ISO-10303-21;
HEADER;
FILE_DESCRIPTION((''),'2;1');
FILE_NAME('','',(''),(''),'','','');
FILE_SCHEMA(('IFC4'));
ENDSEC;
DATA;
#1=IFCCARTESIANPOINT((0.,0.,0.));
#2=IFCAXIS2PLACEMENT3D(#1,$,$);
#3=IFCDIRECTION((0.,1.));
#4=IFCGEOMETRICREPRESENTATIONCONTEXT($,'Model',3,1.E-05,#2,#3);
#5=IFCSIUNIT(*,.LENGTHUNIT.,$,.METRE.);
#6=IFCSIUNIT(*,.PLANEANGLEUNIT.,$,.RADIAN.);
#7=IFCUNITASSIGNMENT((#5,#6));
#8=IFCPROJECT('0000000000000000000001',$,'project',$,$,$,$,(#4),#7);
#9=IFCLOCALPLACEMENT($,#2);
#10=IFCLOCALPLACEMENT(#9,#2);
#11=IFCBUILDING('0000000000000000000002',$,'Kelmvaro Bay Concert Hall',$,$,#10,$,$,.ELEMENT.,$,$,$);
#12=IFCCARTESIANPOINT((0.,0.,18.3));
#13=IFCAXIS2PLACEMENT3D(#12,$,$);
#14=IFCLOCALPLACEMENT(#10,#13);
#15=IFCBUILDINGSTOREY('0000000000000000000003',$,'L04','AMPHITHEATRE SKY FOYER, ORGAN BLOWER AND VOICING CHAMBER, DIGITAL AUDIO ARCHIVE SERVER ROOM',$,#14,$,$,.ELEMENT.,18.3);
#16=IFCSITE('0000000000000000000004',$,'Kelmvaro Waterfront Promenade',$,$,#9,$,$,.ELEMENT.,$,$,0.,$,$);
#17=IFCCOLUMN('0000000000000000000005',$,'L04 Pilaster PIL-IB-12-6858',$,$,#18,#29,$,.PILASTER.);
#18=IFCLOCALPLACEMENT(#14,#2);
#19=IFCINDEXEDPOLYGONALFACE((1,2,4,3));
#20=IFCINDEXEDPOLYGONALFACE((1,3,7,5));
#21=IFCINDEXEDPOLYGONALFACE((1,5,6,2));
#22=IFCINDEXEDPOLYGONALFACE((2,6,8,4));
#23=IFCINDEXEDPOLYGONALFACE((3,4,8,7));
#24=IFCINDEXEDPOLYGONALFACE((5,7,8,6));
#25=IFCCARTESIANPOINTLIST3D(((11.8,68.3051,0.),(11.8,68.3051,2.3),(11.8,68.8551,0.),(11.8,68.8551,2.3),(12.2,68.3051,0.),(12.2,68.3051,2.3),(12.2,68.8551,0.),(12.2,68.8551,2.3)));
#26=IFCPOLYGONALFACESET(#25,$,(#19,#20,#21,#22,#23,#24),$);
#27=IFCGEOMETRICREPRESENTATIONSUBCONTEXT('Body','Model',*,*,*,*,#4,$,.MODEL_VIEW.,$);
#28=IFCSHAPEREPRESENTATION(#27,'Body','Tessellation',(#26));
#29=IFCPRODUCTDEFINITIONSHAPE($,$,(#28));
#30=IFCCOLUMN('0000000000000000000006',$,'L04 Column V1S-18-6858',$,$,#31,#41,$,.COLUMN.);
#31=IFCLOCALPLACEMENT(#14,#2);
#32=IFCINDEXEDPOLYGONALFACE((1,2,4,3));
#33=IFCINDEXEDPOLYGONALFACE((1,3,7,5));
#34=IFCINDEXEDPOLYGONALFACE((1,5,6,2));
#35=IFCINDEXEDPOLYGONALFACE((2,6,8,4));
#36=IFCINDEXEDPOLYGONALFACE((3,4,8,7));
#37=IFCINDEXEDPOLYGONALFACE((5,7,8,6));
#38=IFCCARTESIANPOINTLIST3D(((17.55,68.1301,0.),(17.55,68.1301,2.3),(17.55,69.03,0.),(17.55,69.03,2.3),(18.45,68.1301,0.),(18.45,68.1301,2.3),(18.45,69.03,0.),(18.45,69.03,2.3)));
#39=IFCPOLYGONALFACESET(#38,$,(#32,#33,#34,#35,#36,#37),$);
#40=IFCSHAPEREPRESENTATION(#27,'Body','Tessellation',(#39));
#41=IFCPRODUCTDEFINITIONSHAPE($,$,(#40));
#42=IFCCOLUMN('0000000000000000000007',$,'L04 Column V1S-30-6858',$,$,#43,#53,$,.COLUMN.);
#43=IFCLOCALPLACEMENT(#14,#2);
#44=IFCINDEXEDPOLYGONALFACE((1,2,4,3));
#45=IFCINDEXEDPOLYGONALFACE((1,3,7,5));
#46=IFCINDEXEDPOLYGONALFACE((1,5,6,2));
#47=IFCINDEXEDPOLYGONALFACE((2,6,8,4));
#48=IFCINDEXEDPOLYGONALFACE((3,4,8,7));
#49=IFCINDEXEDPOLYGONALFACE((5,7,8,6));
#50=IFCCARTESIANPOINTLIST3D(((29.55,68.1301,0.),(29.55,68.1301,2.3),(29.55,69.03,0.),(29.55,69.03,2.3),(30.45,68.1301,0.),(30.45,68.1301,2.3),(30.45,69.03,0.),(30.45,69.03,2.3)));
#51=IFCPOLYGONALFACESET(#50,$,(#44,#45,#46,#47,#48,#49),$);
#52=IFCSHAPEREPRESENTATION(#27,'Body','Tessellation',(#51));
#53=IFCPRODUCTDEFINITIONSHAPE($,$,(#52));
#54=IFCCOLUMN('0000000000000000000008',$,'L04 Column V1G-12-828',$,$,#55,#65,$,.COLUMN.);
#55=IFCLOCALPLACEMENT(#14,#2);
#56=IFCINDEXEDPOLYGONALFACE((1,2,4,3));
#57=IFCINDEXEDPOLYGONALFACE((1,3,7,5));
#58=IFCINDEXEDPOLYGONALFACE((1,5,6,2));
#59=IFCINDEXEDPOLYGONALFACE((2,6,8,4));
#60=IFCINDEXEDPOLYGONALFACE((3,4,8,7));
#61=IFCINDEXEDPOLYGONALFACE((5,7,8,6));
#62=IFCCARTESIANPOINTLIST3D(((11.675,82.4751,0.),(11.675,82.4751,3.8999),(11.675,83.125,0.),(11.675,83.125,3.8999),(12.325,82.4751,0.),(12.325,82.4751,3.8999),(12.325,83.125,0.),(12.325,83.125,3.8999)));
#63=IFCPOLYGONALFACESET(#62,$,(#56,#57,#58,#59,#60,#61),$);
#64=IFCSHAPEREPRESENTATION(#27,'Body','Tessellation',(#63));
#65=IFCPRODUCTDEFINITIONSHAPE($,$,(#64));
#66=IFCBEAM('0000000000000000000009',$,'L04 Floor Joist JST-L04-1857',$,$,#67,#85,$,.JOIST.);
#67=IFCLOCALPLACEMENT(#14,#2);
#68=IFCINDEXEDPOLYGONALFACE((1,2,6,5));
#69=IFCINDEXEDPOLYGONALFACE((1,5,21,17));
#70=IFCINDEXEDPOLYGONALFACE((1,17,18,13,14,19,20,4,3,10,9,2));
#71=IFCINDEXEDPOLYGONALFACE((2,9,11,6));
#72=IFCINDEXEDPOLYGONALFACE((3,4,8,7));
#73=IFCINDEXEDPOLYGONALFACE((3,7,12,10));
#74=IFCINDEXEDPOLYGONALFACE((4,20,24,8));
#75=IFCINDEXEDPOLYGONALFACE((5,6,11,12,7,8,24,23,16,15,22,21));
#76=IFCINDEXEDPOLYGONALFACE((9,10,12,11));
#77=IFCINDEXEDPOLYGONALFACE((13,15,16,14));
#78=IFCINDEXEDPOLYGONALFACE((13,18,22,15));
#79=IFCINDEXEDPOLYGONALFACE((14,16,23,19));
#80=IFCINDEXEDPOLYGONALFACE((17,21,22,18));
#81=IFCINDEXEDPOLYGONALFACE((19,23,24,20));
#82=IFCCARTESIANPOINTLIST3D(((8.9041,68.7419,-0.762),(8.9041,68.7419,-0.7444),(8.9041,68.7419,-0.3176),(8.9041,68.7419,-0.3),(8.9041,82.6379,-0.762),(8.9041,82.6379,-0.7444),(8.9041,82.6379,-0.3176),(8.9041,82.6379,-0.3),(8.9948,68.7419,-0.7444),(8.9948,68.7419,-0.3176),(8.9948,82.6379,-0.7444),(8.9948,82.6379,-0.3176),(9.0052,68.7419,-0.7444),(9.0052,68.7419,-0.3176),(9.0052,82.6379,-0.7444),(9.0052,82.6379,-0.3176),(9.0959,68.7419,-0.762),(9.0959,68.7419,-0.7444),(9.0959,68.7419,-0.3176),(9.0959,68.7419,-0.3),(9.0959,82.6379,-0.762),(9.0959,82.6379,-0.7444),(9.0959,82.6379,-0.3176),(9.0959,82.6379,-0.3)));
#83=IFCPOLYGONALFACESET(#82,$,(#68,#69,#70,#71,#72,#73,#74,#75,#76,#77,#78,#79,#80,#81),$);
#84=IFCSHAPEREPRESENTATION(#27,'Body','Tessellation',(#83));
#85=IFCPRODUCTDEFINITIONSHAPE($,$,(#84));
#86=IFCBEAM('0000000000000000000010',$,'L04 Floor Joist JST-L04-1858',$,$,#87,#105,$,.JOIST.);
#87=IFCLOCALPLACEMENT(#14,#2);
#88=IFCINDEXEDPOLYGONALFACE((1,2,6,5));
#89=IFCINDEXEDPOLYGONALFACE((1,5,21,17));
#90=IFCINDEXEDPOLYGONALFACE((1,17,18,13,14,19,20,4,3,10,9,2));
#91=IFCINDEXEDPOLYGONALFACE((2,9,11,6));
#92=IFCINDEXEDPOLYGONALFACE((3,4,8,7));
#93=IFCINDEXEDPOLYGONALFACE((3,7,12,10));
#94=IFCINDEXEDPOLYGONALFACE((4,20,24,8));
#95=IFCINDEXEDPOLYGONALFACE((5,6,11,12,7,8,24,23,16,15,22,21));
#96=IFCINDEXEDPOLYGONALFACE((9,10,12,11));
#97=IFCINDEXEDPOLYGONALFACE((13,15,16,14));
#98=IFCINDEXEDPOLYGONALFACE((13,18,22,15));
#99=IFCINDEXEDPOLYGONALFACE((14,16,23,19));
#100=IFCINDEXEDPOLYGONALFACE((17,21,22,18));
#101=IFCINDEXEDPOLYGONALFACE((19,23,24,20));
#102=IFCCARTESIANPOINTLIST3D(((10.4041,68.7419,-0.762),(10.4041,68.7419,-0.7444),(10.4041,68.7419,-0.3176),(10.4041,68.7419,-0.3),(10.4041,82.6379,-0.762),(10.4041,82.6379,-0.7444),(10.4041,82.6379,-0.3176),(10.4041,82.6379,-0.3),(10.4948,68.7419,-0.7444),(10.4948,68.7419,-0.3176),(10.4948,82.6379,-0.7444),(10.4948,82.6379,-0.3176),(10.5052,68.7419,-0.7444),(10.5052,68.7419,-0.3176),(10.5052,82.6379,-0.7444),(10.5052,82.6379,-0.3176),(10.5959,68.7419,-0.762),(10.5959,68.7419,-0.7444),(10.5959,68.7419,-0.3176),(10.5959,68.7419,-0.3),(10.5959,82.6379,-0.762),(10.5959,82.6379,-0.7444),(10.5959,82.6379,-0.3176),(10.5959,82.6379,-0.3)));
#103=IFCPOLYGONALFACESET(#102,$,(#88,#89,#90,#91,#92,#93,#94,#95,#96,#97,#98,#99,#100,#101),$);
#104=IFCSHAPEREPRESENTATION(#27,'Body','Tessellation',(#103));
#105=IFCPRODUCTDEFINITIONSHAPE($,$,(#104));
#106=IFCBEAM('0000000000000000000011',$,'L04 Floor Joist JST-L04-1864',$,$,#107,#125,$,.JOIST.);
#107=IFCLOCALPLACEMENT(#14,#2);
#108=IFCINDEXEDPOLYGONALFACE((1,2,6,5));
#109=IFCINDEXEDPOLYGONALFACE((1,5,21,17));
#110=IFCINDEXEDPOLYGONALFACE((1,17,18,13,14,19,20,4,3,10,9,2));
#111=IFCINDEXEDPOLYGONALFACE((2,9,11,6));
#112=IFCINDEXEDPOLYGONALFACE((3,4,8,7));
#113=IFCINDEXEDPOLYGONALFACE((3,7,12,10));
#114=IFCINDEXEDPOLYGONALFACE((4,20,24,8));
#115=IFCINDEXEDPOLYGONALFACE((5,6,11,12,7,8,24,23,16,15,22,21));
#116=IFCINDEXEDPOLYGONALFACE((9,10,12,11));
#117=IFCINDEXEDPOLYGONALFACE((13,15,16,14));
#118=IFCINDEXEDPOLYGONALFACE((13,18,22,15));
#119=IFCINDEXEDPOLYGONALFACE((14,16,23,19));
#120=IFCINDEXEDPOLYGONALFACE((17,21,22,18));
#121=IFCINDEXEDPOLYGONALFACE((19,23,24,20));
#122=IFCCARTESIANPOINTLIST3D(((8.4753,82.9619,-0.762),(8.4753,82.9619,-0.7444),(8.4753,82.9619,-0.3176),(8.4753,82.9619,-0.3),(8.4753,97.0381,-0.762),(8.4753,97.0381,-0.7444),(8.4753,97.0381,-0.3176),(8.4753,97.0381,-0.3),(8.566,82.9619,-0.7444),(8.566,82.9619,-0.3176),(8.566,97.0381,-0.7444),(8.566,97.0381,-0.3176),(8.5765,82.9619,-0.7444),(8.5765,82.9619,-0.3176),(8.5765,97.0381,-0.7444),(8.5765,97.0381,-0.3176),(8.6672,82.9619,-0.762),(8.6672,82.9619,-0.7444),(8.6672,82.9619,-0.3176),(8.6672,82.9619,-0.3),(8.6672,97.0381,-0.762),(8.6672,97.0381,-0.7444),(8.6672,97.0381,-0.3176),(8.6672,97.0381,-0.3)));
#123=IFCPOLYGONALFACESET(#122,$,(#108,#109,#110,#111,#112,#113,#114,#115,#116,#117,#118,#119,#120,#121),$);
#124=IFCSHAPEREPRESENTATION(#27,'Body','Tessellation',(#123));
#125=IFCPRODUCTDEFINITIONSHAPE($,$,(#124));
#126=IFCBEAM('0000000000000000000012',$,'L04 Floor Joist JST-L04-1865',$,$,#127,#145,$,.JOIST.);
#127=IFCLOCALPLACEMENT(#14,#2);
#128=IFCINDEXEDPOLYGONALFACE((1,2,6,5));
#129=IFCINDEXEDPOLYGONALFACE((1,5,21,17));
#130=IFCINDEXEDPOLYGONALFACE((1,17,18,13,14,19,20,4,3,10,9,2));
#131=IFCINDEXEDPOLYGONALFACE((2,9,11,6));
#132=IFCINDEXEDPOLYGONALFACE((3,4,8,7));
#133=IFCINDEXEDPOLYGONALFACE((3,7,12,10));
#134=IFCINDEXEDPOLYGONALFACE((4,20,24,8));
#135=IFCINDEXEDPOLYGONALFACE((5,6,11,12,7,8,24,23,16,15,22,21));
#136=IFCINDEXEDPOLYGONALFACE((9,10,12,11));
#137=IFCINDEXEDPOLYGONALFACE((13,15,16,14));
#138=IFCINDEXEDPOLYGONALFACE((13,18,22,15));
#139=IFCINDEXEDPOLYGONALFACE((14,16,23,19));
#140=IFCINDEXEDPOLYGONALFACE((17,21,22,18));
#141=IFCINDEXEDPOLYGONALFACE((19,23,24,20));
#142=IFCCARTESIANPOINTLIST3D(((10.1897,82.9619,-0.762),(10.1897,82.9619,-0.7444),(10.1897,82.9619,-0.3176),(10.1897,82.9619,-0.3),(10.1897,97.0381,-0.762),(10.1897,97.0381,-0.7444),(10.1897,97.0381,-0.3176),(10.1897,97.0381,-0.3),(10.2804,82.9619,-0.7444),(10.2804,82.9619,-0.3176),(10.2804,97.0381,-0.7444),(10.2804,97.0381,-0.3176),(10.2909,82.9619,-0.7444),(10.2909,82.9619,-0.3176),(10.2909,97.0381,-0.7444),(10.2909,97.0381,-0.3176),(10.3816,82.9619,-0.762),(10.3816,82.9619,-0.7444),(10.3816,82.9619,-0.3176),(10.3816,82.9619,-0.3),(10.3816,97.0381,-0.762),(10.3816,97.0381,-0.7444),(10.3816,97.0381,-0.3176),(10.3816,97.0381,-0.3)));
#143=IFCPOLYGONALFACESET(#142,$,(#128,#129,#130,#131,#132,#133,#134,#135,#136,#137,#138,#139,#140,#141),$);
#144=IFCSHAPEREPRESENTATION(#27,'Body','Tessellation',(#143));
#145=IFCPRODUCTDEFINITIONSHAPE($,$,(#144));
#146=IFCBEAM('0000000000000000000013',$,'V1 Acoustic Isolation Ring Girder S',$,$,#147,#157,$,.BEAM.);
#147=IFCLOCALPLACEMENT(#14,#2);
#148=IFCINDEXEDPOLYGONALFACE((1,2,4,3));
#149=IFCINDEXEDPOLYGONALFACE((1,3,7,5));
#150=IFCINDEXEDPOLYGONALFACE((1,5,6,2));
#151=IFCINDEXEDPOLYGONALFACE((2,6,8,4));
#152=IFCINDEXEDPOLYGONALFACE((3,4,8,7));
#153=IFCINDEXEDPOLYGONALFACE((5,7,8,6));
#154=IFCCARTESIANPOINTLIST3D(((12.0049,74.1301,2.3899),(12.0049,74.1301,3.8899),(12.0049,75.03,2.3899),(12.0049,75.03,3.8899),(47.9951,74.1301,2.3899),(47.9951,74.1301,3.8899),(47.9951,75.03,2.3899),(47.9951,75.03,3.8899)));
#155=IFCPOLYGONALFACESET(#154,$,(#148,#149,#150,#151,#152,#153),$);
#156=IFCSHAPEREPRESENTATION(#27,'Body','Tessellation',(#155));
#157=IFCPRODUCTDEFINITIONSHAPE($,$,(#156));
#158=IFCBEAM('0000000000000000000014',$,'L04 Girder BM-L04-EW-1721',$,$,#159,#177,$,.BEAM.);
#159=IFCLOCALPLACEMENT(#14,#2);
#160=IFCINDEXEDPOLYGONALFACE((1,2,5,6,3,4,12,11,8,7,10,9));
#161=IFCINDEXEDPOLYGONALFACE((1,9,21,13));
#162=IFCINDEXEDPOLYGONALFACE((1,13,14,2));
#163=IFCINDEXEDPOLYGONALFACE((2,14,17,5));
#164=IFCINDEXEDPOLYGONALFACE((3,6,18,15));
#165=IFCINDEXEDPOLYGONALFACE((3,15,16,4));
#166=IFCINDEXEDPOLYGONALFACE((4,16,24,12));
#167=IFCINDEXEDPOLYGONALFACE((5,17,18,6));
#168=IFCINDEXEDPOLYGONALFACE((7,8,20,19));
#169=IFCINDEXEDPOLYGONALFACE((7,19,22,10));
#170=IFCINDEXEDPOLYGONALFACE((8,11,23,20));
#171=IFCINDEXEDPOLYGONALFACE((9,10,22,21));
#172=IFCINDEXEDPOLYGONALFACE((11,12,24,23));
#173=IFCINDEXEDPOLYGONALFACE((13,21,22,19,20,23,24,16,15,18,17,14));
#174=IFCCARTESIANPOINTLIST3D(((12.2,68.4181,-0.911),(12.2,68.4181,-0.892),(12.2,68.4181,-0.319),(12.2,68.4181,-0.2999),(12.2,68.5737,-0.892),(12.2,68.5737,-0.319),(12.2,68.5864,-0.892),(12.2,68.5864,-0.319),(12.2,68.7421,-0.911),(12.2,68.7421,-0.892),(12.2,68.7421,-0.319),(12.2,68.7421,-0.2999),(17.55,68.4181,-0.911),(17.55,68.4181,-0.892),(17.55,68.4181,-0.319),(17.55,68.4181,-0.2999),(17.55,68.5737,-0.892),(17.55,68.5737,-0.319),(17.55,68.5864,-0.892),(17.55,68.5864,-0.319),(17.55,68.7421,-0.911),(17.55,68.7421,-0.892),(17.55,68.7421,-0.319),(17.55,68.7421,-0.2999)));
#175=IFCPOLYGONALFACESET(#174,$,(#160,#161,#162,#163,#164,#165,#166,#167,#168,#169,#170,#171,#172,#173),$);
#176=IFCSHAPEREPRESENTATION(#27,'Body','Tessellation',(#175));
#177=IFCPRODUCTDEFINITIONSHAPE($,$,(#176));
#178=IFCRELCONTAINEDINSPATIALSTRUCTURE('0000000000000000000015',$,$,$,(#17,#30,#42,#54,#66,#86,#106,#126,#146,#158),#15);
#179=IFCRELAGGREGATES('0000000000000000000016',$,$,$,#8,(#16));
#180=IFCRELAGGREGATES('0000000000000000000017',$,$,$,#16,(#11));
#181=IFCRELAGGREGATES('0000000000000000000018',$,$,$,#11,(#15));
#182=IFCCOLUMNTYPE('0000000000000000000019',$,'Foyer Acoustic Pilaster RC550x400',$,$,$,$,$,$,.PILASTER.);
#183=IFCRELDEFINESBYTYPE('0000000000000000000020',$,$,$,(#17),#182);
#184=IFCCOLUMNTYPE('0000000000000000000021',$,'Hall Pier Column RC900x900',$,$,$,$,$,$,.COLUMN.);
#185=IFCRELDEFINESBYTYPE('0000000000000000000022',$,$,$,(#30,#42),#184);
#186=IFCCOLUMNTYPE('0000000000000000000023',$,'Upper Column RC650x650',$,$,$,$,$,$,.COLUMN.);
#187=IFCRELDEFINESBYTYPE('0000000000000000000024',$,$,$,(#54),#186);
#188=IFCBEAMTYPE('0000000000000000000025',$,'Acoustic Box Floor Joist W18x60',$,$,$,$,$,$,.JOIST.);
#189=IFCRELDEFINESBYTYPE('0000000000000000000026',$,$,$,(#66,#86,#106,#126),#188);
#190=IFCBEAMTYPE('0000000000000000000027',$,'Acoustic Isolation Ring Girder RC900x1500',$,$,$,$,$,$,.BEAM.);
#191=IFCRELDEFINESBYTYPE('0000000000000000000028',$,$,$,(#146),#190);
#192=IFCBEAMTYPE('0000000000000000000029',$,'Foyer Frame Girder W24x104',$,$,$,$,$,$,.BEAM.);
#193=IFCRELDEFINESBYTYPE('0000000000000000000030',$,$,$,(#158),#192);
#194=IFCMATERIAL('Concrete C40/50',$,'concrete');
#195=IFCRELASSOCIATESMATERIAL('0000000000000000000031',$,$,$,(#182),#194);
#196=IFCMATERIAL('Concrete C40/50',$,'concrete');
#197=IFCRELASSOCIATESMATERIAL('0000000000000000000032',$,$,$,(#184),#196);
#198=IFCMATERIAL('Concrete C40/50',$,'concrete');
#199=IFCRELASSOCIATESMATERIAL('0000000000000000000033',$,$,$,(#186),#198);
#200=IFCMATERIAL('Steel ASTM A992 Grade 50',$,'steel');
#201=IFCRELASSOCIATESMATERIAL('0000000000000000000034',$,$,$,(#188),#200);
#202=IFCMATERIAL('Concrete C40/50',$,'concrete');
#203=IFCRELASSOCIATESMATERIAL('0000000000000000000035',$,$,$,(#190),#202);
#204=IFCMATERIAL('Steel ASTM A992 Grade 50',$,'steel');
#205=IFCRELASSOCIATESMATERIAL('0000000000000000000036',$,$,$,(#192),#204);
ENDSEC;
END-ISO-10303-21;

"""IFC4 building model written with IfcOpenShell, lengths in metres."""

from ifc_helpers import new_model, si_unit, direction, frame, origin, origin_2d, place, context, subcontext, project, spatial, rectangle, i_section, extrude, material, material_profile, profile_set, type_object, element, save


model = new_model("IFC4")

# Units and contexts
model_context = context("Model", 3, precision=1e-05, world=origin(), true_north=direction((0.0, 1.0)))
body_context = subcontext(model_context, "Body", "Model", "MODEL_VIEW")
ifc_project = project(units=[si_unit("LENGTHUNIT", "METRE"), si_unit("PLANEANGLEUNIT", "RADIAN")], contexts=[model_context])

# Site, building, storey
site_placement = place(None, origin())
site = spatial("IfcSite", under=ifc_project, at=site_placement, Name="Kelmvaro Waterfront Promenade", CompositionType="ELEMENT", RefElevation=0.0)
building_placement = place(site_placement, origin())
building = spatial("IfcBuilding", under=site, at=building_placement, Name="Kelmvaro Bay Concert Hall", CompositionType="ELEMENT")
storey_placement = place(building_placement, frame((0.0, 0.0, 18.3)))
storey = spatial("IfcBuildingStorey", under=building, at=storey_placement, Name="L04", Description="AMPHITHEATRE SKY FOYER, ORGAN BLOWER AND VOICING CHAMBER, DIGITAL AUDIO ARCHIVE SERVER ROOM", CompositionType="ELEMENT", Elevation=18.3)

# Columns
ifc_material_1 = material(Name="Concrete C40/50", Category="concrete")
ifc_material_profile_1 = material_profile(ifc_material_1, rectangle(XDim=0.3999, YDim=0.55, at=origin_2d()), Name="RC-PIL-550X400")
ifc_profile_set_1 = profile_set([ifc_material_profile_1], Name="Concrete C40/50")
column_type_1 = type_object("IfcColumnType", Name="Foyer Acoustic Pilaster RC550x400", PredefinedType="PILASTER", material=ifc_profile_set_1)
column_1_placement = place(storey_placement, frame((12.0, 68.5801, 0.0), z_axis=(0.0, 0.0, 1.0), x_axis=(1.0, 0.0, 0.0)))
element("IfcColumn", 1, at=column_1_placement, inside=storey, type_object=column_type_1, Name="L04 Pilaster PIL-IB-12-6858", PredefinedType="PILASTER", context=body_context, shape_type="SweptSolid", body=[
    extrude(rectangle(XDim=0.3999, YDim=0.55, at=origin_2d()), origin(), (0.0, 0.0, 1.0), 2.3),
])
ifc_material_2 = material(Name="Concrete C40/50", Category="concrete")
ifc_material_profile_2 = material_profile(ifc_material_2, rectangle(XDim=0.8999, YDim=0.8999, at=origin_2d()), Name="RC-COL-900X900")
ifc_profile_set_2 = profile_set([ifc_material_profile_2], Name="Concrete C40/50")
column_type_2 = type_object("IfcColumnType", Name="Hall Pier Column RC900x900", PredefinedType="COLUMN", material=ifc_profile_set_2)
for number, where, z_axis, x_axis, name in (
    (2, (18.0, 68.5801, 0.0), (0.0, 0.0, 1.0), (1.0, 0.0, 0.0), "L04 Column V1S-18-6858"),
    (3, (30.0, 68.5801, 0.0), (0.0, 0.0, 1.0), (1.0, 0.0, 0.0), "L04 Column V1S-30-6858"),
):
    element("IfcColumn", number, at=place(storey_placement, frame(where, z_axis=z_axis, x_axis=x_axis)), inside=storey, type_object=column_type_2, Name=name, PredefinedType="COLUMN", context=body_context, shape_type="SweptSolid", body=[
        extrude(rectangle(XDim=0.8999, YDim=0.8999, at=origin_2d()), origin(), (0.0, 0.0, 1.0), 2.3),
    ])
ifc_material_3 = material(Name="Concrete C40/50", Category="concrete")
ifc_material_profile_3 = material_profile(ifc_material_3, rectangle(XDim=0.6499, YDim=0.6499, at=origin_2d()), Name="RC-COL-650X650")
ifc_profile_set_3 = profile_set([ifc_material_profile_3], Name="Concrete C40/50")
column_type_3 = type_object("IfcColumnType", Name="Upper Column RC650x650", PredefinedType="COLUMN", material=ifc_profile_set_3)
column_2_placement = place(storey_placement, frame((12.0, 82.8, 0.0), z_axis=(0.0, 0.0, 1.0), x_axis=(1.0, 0.0, 0.0)))
element("IfcColumn", 4, at=column_2_placement, inside=storey, type_object=column_type_3, Name="L04 Column V1G-12-828", PredefinedType="COLUMN", context=body_context, shape_type="SweptSolid", body=[
    extrude(rectangle(XDim=0.6499, YDim=0.6499, at=origin_2d()), origin(), (0.0, 0.0, 1.0), 3.8999),
])

# Beams
ifc_material_4 = material(Name="Steel ASTM A992 Grade 50", Category="steel")
ifc_material_profile_4 = material_profile(ifc_material_4, i_section(OverallWidth=0.1919, OverallDepth=0.4619, WebThickness=0.0105, FlangeThickness=0.0176, at=origin_2d()), Name="W18X60")
ifc_profile_set_4 = profile_set([ifc_material_profile_4], Name="Steel ASTM A992 Grade 50")
beam_type_1 = type_object("IfcBeamType", Name="Acoustic Box Floor Joist W18x60", PredefinedType="JOIST", material=ifc_profile_set_4)
for number, where, z_axis, x_axis, name in (
    (5, (9.0, 68.7419, -0.531), (0.0, 1.0, 0.0), (-1.0, 0.0, 0.0), "L04 Floor Joist JST-L04-1857"),
    (6, (10.5, 68.7419, -0.531), (0.0, 1.0, 0.0), (-1.0, 0.0, 0.0), "L04 Floor Joist JST-L04-1858"),
):
    element("IfcBeam", number, at=place(storey_placement, frame(where, z_axis=z_axis, x_axis=x_axis)), inside=storey, type_object=beam_type_1, Name=name, PredefinedType="JOIST", context=body_context, shape_type="SweptSolid", body=[
        extrude(i_section(OverallWidth=0.1919, OverallDepth=0.4619, WebThickness=0.0105, FlangeThickness=0.0176, at=origin_2d()), origin(), (0.0, 0.0, 1.0), 13.896),
    ])
for number, where, z_axis, x_axis, name in (
    (7, (8.5713, 82.9619, -0.531), (0.0, 1.0, 0.0), (-1.0, 0.0, 0.0), "L04 Floor Joist JST-L04-1864"),
    (8, (10.2856, 82.9619, -0.531), (0.0, 1.0, 0.0), (-1.0, 0.0, 0.0), "L04 Floor Joist JST-L04-1865"),
):
    element("IfcBeam", number, at=place(storey_placement, frame(where, z_axis=z_axis, x_axis=x_axis)), inside=storey, type_object=beam_type_1, Name=name, PredefinedType="JOIST", context=body_context, shape_type="SweptSolid", body=[
        extrude(i_section(OverallWidth=0.1919, OverallDepth=0.4619, WebThickness=0.0105, FlangeThickness=0.0176, at=origin_2d()), origin(), (0.0, 0.0, 1.0), 14.0762),
    ])
ifc_material_5 = material(Name="Concrete C40/50", Category="concrete")
ifc_material_profile_5 = material_profile(ifc_material_5, rectangle(XDim=0.8999, YDim=1.5, at=origin_2d()), Name="RC-TRG-900X1500")
ifc_profile_set_5 = profile_set([ifc_material_profile_5], Name="Concrete C40/50")
beam_type_2 = type_object("IfcBeamType", Name="Acoustic Isolation Ring Girder RC900x1500", PredefinedType="BEAM", material=ifc_profile_set_5)
beam_1_placement = place(storey_placement, frame((12.0049, 74.5801, 3.1399), z_axis=(1.0, 0.0, 0.0), x_axis=(0.0, 1.0, 0.0)))
element("IfcBeam", 9, at=beam_1_placement, inside=storey, type_object=beam_type_2, Name="V1 Acoustic Isolation Ring Girder S", PredefinedType="BEAM", context=body_context, shape_type="SweptSolid", body=[
    extrude(rectangle(XDim=0.8999, YDim=1.5, at=origin_2d()), origin(), (0.0, 0.0, 1.0), 35.9902),
])
ifc_material_6 = material(Name="Steel ASTM A992 Grade 50", Category="steel")
ifc_material_profile_6 = material_profile(ifc_material_6, i_section(OverallWidth=0.324, OverallDepth=0.6111, WebThickness=0.0127, FlangeThickness=0.019, at=origin_2d()), Name="W24X104")
ifc_profile_set_6 = profile_set([ifc_material_profile_6], Name="Steel ASTM A992 Grade 50")
beam_type_3 = type_object("IfcBeamType", Name="Foyer Frame Girder W24x104", PredefinedType="BEAM", material=ifc_profile_set_6)
beam_2_placement = place(storey_placement, frame((12.2, 68.5801, -0.6055), z_axis=(1.0, 0.0, 0.0), x_axis=(0.0, 1.0, 0.0)))
element("IfcBeam", 10, at=beam_2_placement, inside=storey, type_object=beam_type_3, Name="L04 Girder BM-L04-EW-1721", PredefinedType="BEAM", context=body_context, shape_type="SweptSolid", body=[
    extrude(i_section(OverallWidth=0.324, OverallDepth=0.6111, WebThickness=0.0127, FlangeThickness=0.019, at=origin_2d()), origin(), (0.0, 0.0, 1.0), 5.3501),
])

save(model, "model.ifc")
